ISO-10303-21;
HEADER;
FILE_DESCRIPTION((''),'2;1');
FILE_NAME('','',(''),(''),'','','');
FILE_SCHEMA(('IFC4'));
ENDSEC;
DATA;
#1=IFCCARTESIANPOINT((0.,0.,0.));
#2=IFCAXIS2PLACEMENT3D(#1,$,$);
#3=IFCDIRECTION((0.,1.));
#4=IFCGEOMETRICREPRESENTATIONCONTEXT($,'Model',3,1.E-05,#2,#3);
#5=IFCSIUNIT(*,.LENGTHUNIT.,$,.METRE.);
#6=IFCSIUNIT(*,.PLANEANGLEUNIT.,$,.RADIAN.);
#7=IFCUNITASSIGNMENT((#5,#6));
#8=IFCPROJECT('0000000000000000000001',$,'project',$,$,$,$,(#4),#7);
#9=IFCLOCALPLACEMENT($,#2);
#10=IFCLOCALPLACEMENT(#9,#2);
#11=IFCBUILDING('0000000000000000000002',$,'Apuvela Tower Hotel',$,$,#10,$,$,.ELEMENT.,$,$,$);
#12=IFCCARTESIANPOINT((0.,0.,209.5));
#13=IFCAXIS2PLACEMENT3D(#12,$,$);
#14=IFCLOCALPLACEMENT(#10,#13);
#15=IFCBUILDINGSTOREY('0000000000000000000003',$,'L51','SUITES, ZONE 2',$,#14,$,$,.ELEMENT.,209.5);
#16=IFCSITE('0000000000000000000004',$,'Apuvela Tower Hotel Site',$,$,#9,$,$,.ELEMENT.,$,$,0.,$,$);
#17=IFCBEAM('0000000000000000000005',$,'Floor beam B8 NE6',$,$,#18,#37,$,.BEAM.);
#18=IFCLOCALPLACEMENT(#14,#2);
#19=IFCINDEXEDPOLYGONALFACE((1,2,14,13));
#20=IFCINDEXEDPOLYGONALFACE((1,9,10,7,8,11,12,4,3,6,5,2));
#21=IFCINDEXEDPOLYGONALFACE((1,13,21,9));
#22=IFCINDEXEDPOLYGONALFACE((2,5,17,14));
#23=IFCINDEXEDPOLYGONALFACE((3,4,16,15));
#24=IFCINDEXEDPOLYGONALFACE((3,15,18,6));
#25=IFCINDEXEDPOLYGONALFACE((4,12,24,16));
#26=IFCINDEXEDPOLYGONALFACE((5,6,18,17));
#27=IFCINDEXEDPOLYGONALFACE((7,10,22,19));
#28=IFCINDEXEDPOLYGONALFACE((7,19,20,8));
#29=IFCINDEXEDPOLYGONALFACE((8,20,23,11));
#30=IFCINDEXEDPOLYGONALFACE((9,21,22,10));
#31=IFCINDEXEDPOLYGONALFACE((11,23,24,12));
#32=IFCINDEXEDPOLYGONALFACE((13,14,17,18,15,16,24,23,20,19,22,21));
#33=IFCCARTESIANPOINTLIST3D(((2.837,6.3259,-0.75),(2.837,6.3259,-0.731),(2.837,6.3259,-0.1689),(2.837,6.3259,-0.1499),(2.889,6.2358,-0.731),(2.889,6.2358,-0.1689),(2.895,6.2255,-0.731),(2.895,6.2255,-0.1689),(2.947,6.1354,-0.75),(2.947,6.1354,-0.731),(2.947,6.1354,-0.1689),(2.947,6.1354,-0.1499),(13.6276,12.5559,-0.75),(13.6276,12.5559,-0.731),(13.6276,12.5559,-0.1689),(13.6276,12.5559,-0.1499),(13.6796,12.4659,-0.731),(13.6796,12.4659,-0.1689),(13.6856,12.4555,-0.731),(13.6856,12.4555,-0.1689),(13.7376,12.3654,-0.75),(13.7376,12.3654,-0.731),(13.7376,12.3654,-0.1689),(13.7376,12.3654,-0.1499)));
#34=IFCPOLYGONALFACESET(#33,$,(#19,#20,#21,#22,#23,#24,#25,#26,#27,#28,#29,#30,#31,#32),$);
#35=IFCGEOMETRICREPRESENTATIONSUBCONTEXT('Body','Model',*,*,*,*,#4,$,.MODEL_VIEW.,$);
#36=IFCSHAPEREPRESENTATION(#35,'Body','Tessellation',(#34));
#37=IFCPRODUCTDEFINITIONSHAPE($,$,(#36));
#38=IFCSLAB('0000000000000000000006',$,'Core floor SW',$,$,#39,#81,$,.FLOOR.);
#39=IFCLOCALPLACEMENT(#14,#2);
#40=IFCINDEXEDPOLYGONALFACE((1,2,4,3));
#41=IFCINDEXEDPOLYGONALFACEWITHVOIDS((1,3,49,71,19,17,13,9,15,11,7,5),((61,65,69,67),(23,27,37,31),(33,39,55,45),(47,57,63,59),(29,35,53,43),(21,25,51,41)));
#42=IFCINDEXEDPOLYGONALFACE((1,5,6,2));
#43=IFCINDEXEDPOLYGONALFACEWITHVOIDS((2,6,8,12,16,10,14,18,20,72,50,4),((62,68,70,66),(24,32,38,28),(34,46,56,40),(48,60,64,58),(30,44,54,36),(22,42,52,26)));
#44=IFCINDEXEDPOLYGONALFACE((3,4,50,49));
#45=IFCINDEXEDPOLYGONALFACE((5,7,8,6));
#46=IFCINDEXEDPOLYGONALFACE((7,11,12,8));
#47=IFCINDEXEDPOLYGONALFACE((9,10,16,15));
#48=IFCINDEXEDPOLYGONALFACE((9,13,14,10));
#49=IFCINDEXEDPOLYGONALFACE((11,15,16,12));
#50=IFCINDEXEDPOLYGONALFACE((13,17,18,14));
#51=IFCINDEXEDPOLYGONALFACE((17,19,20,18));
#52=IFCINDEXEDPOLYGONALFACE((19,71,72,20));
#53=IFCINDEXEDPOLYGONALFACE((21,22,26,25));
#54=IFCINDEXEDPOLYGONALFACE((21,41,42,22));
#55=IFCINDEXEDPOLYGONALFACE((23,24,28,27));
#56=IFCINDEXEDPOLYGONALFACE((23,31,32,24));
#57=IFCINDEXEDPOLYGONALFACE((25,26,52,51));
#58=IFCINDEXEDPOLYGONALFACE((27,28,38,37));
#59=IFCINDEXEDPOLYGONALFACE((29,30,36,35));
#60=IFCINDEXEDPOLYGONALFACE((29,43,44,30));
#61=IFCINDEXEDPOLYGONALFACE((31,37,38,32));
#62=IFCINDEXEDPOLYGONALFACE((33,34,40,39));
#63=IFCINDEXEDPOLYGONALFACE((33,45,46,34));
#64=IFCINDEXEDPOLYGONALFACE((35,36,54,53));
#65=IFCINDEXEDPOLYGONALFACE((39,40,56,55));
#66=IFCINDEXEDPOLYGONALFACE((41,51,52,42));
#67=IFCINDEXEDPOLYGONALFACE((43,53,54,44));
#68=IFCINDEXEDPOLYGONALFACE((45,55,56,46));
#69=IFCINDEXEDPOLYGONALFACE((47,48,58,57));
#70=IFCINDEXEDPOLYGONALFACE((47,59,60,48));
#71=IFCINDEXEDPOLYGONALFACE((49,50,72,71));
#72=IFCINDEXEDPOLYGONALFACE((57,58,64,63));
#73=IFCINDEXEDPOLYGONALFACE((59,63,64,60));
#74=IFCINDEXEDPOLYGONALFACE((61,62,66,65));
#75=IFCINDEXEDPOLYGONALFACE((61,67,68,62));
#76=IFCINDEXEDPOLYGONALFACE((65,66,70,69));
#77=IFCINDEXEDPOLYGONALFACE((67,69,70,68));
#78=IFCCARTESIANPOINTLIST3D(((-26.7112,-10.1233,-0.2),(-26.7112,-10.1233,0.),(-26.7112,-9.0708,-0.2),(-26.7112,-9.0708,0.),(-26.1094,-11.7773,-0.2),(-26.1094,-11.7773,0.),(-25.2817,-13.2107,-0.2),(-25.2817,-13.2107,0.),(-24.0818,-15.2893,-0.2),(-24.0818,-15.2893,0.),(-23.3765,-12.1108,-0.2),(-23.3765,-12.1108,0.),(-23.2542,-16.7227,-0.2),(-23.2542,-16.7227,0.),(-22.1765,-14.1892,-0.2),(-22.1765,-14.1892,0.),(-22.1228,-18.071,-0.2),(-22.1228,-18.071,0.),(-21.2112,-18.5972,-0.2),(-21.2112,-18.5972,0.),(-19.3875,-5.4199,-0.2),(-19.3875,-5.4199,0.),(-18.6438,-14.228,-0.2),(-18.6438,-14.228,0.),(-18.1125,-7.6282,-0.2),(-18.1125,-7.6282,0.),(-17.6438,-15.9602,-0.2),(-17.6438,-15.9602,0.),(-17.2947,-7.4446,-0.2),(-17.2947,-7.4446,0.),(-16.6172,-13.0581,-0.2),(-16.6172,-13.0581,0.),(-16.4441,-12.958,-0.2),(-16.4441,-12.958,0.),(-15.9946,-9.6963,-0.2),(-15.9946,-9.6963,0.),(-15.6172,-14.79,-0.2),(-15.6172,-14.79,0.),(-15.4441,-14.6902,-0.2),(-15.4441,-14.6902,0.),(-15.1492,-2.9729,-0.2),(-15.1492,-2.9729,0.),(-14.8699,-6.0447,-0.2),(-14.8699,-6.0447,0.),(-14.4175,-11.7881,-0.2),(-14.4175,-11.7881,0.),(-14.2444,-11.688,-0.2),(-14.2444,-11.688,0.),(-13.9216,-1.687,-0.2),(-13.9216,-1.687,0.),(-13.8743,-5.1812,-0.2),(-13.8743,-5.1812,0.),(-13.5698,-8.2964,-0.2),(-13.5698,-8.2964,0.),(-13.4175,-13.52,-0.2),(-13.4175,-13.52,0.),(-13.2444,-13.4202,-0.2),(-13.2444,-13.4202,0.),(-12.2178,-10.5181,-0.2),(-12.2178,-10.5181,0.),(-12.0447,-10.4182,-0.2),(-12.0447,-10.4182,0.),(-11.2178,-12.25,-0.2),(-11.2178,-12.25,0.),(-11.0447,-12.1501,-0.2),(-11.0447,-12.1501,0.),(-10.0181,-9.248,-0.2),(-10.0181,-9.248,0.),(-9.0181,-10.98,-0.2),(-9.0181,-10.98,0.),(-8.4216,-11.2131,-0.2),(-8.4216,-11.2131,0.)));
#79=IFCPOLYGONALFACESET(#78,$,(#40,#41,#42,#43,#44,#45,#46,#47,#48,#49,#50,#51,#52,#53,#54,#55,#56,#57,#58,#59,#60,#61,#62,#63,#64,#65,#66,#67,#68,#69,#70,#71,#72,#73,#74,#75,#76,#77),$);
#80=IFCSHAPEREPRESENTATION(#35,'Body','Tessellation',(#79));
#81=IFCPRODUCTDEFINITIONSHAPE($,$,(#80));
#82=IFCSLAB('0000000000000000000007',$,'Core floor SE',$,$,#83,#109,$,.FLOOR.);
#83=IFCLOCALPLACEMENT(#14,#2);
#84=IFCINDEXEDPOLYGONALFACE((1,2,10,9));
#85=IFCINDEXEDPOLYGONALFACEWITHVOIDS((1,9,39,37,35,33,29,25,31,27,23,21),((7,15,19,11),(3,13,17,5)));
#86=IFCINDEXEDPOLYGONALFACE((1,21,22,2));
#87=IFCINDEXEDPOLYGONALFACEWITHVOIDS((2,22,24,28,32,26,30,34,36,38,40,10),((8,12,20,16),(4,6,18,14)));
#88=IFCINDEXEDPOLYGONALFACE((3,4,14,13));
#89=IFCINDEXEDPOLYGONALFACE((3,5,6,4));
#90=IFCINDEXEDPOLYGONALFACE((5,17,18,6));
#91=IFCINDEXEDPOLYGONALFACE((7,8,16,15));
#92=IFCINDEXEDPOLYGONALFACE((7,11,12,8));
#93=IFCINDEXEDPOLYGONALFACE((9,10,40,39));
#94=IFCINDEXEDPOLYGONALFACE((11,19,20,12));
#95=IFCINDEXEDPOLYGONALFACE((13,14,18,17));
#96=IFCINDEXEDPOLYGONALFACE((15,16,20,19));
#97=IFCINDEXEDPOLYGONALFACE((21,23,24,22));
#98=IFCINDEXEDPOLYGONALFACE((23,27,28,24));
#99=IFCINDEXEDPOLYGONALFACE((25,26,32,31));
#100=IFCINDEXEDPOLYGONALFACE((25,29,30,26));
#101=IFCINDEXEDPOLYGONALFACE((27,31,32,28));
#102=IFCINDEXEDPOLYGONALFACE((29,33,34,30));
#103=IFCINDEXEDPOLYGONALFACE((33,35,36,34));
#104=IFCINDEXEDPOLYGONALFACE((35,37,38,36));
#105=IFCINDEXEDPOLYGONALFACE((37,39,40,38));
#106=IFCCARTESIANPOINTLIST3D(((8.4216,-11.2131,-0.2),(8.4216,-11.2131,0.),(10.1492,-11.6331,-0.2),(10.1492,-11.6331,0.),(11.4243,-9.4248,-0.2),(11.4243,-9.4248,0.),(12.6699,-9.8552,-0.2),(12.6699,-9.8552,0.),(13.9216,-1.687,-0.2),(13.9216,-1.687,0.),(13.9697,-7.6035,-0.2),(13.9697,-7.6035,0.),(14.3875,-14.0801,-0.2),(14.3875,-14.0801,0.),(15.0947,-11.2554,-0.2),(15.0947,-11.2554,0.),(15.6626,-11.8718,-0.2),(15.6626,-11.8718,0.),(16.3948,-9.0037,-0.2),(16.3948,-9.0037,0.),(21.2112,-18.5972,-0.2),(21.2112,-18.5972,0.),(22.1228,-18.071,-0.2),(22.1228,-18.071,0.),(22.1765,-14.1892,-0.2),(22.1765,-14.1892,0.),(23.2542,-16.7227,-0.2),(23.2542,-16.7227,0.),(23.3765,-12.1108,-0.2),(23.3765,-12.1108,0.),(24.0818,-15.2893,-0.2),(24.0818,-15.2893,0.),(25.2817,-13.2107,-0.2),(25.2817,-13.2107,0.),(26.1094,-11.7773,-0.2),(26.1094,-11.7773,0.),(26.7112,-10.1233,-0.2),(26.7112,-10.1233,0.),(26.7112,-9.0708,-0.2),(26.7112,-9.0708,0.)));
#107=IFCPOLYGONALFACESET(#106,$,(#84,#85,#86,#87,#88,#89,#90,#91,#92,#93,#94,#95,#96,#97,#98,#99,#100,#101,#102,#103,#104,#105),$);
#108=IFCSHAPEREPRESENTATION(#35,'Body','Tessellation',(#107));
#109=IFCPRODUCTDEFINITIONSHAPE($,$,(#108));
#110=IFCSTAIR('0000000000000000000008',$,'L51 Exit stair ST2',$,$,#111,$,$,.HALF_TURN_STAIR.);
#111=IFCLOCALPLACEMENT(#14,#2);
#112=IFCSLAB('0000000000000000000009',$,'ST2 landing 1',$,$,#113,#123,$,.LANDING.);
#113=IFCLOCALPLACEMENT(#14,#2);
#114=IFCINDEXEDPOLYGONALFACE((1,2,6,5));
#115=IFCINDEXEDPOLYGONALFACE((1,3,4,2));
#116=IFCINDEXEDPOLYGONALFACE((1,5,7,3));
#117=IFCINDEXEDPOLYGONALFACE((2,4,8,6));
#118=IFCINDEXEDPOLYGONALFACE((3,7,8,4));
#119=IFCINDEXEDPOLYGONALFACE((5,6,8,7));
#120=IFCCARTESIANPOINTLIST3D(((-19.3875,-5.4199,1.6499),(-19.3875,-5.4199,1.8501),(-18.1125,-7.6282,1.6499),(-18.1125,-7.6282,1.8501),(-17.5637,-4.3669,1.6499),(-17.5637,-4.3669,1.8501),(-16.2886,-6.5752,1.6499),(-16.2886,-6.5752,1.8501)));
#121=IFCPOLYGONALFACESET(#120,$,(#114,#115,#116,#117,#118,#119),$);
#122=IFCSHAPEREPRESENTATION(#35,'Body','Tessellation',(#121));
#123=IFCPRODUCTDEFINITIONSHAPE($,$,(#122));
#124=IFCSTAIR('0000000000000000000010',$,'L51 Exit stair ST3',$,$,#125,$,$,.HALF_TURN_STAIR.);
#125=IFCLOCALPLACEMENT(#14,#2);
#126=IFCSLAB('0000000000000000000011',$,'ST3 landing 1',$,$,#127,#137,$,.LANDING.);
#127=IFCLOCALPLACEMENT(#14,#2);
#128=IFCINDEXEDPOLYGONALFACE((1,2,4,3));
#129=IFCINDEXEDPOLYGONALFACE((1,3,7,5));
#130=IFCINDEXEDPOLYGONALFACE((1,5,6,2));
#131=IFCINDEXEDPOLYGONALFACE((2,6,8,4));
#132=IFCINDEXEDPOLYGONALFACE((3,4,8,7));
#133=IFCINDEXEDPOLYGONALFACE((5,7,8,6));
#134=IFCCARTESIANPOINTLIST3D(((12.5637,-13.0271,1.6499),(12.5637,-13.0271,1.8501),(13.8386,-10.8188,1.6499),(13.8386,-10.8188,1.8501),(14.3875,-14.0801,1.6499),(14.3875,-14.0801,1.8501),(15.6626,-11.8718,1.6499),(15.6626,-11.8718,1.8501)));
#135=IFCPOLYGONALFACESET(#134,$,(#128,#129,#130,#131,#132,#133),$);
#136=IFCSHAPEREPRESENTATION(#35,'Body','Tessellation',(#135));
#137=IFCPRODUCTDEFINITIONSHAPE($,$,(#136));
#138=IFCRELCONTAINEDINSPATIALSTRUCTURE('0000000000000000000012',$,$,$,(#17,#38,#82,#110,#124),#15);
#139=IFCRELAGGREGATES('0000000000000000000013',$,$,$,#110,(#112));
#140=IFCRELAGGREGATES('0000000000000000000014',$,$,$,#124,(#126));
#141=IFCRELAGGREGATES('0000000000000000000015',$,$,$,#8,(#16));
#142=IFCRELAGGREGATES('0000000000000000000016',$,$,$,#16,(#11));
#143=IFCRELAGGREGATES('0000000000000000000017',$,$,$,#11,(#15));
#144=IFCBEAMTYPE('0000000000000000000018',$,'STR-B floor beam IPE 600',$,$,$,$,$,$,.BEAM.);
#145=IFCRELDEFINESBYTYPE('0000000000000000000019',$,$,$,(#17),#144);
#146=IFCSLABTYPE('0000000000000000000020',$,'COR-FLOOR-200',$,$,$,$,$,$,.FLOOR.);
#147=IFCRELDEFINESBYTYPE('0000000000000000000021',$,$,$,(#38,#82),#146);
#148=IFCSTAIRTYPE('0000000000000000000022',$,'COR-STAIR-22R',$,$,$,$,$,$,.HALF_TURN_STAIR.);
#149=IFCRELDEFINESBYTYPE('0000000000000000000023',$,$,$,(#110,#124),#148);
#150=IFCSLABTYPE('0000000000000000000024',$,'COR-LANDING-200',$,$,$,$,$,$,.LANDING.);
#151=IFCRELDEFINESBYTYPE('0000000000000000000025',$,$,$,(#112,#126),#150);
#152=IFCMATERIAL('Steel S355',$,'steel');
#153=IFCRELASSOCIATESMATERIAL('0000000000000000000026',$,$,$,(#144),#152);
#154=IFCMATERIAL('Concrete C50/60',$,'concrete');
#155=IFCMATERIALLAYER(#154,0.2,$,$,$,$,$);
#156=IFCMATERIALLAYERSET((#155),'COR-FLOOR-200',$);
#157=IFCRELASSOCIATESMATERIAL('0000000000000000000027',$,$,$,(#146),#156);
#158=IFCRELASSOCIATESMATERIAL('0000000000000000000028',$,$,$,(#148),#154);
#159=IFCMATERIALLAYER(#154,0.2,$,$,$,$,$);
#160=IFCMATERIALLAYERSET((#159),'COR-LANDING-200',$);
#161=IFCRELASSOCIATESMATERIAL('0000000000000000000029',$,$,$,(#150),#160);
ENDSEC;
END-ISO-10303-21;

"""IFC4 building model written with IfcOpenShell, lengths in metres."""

from ifc_helpers import new_model, si_unit, direction, frame, origin, origin_2d, place, context, subcontext, project, spatial, polyline, i_section, outline, extrude, material, layer, layer_set, material_profile, profile_set, type_object, element, aggregate, save


model = new_model("IFC4")

# Units and contexts
model_context = context("Model", 3, precision=1e-05, world=origin(), true_north=direction((0.0, 1.0)))
body_context = subcontext(model_context, "Body", "Model", "MODEL_VIEW")
ifc_project = project(units=[si_unit("LENGTHUNIT", "METRE"), si_unit("PLANEANGLEUNIT", "RADIAN")], contexts=[model_context])

# Site, building, storey
site_placement = place(None, origin())
site = spatial("IfcSite", under=ifc_project, at=site_placement, Name="Apuvela Tower Hotel Site", CompositionType="ELEMENT", RefElevation=0.0)
building_placement = place(site_placement, origin())
building = spatial("IfcBuilding", under=site, at=building_placement, Name="Apuvela Tower Hotel", CompositionType="ELEMENT")
storey_placement = place(building_placement, frame((0.0, 0.0, 209.5)))
storey = spatial("IfcBuildingStorey", under=building, at=storey_placement, Name="L51", Description="SUITES, ZONE 2", CompositionType="ELEMENT", Elevation=209.5)

# Beam
ifc_material_1 = material(Name="Steel S355", Category="steel")
ifc_material_profile = material_profile(ifc_material_1, i_section(OverallWidth=0.22, OverallDepth=0.6001, WebThickness=0.012, FlangeThickness=0.019, at=origin_2d()), Name="IPE 600")
ifc_profile_set = profile_set([ifc_material_profile], Name="Steel S355")
beam_type = type_object("IfcBeamType", Name="STR-B floor beam IPE 600", PredefinedType="BEAM", material=ifc_profile_set)
beam_placement = place(storey_placement, frame((13.6826, 12.4607, -0.45), z_axis=(-0.866023, -0.500004, 0.0), x_axis=(0.500004, -0.866023, 0.0)))
element("IfcBeam", 1, at=beam_placement, inside=storey, type_object=beam_type, Name="Floor beam B8 NE6", PredefinedType="BEAM", context=body_context, shape_type="SweptSolid", body=[
    extrude(i_section(OverallWidth=0.22, OverallDepth=0.6001, WebThickness=0.012, FlangeThickness=0.019, at=origin_2d()), origin(), (0.0, 0.0, 1.0), 12.46),
])

# Slabs
ifc_material_2 = material(Name="Concrete C50/60", Category="concrete")
ifc_layer_1 = layer(ifc_material_2, 0.2)
ifc_layer_set_1 = layer_set([ifc_layer_1], Name="COR-FLOOR-200")
slab_type_1 = type_object("IfcSlabType", Name="COR-FLOOR-200", PredefinedType="FLOOR", material=ifc_layer_set_1)
slab_1_placement = place(storey_placement, frame((0.0, 0.0, -0.2)))
element("IfcSlab", 2, at=slab_1_placement, inside=storey, type_object=slab_type_1, Name="Core floor SW", PredefinedType="FLOOR", context=body_context, shape_type="SweptSolid", body=[
    extrude(outline(polyline([(-26.7112, -9.0708), (-26.7112, -10.1233), (-26.1094, -11.7773), (-25.2817, -13.2107), (-23.3765, -12.1108), (-22.1765, -14.1892), (-24.0818, -15.2893), (-23.2542, -16.7227), (-22.1228, -18.071), (-21.2112, -18.5972), (-8.4216, -11.2131), (-13.9216, -1.687), (-26.7112, -9.0708)]), holes=[polyline([(-10.0181, -9.248), (-9.0181, -10.98), (-11.0447, -12.1501), (-12.0447, -10.4182), (-10.0181, -9.248)]), polyline([(-14.2444, -11.688), (-12.2178, -10.5181), (-11.2178, -12.25), (-13.2444, -13.4202), (-14.2444, -11.688)]), polyline([(-19.3875, -5.4199), (-15.1492, -2.9729), (-13.8743, -5.1812), (-18.1125, -7.6282), (-19.3875, -5.4199)]), polyline([(-14.8699, -6.0447), (-13.5698, -8.2964), (-15.9946, -9.6963), (-17.2947, -7.4446), (-14.8699, -6.0447)]), polyline([(-16.4441, -12.958), (-14.4175, -11.7881), (-13.4175, -13.52), (-15.4441, -14.6902), (-16.4441, -12.958)]), polyline([(-18.6438, -14.228), (-16.6172, -13.0581), (-15.6172, -14.79), (-17.6438, -15.9602), (-18.6438, -14.228)])]), origin(), (0.0, 0.0, 1.0), 0.2),
])
slab_2_placement = place(storey_placement, frame((0.0, 0.0, -0.2)))
element("IfcSlab", 3, at=slab_2_placement, inside=storey, type_object=slab_type_1, Name="Core floor SE", PredefinedType="FLOOR", context=body_context, shape_type="SweptSolid", body=[
    extrude(outline(polyline([(21.2112, -18.5972), (22.1228, -18.071), (23.2542, -16.7227), (24.0818, -15.2893), (22.1765, -14.1892), (23.3765, -12.1108), (25.2817, -13.2107), (26.1094, -11.7773), (26.7112, -10.1233), (26.7112, -9.0708), (13.9216, -1.687), (8.4216, -11.2131), (21.2112, -18.5972)]), holes=[polyline([(11.4243, -9.4248), (15.6626, -11.8718), (14.3875, -14.0801), (10.1492, -11.6331), (11.4243, -9.4248)]), polyline([(13.9697, -7.6035), (16.3948, -9.0037), (15.0947, -11.2554), (12.6699, -9.8552), (13.9697, -7.6035)])]), origin(), (0.0, 0.0, 1.0), 0.2),
])

# Stairs, slabs
stair_type = type_object("IfcStairType", Name="COR-STAIR-22R", PredefinedType="HALF_TURN_STAIR", material=ifc_material_2)
stair_1_placement = place(storey_placement, origin())
stair_1 = element("IfcStair", 4, at=stair_1_placement, inside=storey, type_object=stair_type, Name="L51 Exit stair ST2", PredefinedType="HALF_TURN_STAIR")
ifc_layer_2 = layer(ifc_material_2, 0.2)
ifc_layer_set_2 = layer_set([ifc_layer_2], Name="COR-LANDING-200")
slab_type_2 = type_object("IfcSlabType", Name="COR-LANDING-200", PredefinedType="LANDING", material=ifc_layer_set_2)
slab_3_placement = place(storey_placement, frame((0.0, 0.0, 1.6499)))
slab_3 = element("IfcSlab", 5, at=slab_3_placement, type_object=slab_type_2, Name="ST2 landing 1", PredefinedType="LANDING", context=body_context, shape_type="SweptSolid", body=[
    extrude(outline(polyline([(-17.5637, -4.3669), (-19.3875, -5.4199), (-18.1125, -7.6282), (-16.2886, -6.5752), (-17.5637, -4.3669)])), origin(), (0.0, 0.0, 1.0), 0.2002),
])
aggregate(stair_1, [slab_3])
stair_2_placement = place(storey_placement, origin())
stair_2 = element("IfcStair", 6, at=stair_2_placement, inside=storey, type_object=stair_type, Name="L51 Exit stair ST3", PredefinedType="HALF_TURN_STAIR")
slab_4_placement = place(storey_placement, frame((0.0, 0.0, 1.6499)))
slab_4 = element("IfcSlab", 7, at=slab_4_placement, type_object=slab_type_2, Name="ST3 landing 1", PredefinedType="LANDING", context=body_context, shape_type="SweptSolid", body=[
    extrude(outline(polyline([(12.5637, -13.0271), (14.3875, -14.0801), (15.6626, -11.8718), (13.8386, -10.8188), (12.5637, -13.0271)])), origin(), (0.0, 0.0, 1.0), 0.2002),
])
aggregate(stair_2, [slab_4])

save(model, "model.ifc")
